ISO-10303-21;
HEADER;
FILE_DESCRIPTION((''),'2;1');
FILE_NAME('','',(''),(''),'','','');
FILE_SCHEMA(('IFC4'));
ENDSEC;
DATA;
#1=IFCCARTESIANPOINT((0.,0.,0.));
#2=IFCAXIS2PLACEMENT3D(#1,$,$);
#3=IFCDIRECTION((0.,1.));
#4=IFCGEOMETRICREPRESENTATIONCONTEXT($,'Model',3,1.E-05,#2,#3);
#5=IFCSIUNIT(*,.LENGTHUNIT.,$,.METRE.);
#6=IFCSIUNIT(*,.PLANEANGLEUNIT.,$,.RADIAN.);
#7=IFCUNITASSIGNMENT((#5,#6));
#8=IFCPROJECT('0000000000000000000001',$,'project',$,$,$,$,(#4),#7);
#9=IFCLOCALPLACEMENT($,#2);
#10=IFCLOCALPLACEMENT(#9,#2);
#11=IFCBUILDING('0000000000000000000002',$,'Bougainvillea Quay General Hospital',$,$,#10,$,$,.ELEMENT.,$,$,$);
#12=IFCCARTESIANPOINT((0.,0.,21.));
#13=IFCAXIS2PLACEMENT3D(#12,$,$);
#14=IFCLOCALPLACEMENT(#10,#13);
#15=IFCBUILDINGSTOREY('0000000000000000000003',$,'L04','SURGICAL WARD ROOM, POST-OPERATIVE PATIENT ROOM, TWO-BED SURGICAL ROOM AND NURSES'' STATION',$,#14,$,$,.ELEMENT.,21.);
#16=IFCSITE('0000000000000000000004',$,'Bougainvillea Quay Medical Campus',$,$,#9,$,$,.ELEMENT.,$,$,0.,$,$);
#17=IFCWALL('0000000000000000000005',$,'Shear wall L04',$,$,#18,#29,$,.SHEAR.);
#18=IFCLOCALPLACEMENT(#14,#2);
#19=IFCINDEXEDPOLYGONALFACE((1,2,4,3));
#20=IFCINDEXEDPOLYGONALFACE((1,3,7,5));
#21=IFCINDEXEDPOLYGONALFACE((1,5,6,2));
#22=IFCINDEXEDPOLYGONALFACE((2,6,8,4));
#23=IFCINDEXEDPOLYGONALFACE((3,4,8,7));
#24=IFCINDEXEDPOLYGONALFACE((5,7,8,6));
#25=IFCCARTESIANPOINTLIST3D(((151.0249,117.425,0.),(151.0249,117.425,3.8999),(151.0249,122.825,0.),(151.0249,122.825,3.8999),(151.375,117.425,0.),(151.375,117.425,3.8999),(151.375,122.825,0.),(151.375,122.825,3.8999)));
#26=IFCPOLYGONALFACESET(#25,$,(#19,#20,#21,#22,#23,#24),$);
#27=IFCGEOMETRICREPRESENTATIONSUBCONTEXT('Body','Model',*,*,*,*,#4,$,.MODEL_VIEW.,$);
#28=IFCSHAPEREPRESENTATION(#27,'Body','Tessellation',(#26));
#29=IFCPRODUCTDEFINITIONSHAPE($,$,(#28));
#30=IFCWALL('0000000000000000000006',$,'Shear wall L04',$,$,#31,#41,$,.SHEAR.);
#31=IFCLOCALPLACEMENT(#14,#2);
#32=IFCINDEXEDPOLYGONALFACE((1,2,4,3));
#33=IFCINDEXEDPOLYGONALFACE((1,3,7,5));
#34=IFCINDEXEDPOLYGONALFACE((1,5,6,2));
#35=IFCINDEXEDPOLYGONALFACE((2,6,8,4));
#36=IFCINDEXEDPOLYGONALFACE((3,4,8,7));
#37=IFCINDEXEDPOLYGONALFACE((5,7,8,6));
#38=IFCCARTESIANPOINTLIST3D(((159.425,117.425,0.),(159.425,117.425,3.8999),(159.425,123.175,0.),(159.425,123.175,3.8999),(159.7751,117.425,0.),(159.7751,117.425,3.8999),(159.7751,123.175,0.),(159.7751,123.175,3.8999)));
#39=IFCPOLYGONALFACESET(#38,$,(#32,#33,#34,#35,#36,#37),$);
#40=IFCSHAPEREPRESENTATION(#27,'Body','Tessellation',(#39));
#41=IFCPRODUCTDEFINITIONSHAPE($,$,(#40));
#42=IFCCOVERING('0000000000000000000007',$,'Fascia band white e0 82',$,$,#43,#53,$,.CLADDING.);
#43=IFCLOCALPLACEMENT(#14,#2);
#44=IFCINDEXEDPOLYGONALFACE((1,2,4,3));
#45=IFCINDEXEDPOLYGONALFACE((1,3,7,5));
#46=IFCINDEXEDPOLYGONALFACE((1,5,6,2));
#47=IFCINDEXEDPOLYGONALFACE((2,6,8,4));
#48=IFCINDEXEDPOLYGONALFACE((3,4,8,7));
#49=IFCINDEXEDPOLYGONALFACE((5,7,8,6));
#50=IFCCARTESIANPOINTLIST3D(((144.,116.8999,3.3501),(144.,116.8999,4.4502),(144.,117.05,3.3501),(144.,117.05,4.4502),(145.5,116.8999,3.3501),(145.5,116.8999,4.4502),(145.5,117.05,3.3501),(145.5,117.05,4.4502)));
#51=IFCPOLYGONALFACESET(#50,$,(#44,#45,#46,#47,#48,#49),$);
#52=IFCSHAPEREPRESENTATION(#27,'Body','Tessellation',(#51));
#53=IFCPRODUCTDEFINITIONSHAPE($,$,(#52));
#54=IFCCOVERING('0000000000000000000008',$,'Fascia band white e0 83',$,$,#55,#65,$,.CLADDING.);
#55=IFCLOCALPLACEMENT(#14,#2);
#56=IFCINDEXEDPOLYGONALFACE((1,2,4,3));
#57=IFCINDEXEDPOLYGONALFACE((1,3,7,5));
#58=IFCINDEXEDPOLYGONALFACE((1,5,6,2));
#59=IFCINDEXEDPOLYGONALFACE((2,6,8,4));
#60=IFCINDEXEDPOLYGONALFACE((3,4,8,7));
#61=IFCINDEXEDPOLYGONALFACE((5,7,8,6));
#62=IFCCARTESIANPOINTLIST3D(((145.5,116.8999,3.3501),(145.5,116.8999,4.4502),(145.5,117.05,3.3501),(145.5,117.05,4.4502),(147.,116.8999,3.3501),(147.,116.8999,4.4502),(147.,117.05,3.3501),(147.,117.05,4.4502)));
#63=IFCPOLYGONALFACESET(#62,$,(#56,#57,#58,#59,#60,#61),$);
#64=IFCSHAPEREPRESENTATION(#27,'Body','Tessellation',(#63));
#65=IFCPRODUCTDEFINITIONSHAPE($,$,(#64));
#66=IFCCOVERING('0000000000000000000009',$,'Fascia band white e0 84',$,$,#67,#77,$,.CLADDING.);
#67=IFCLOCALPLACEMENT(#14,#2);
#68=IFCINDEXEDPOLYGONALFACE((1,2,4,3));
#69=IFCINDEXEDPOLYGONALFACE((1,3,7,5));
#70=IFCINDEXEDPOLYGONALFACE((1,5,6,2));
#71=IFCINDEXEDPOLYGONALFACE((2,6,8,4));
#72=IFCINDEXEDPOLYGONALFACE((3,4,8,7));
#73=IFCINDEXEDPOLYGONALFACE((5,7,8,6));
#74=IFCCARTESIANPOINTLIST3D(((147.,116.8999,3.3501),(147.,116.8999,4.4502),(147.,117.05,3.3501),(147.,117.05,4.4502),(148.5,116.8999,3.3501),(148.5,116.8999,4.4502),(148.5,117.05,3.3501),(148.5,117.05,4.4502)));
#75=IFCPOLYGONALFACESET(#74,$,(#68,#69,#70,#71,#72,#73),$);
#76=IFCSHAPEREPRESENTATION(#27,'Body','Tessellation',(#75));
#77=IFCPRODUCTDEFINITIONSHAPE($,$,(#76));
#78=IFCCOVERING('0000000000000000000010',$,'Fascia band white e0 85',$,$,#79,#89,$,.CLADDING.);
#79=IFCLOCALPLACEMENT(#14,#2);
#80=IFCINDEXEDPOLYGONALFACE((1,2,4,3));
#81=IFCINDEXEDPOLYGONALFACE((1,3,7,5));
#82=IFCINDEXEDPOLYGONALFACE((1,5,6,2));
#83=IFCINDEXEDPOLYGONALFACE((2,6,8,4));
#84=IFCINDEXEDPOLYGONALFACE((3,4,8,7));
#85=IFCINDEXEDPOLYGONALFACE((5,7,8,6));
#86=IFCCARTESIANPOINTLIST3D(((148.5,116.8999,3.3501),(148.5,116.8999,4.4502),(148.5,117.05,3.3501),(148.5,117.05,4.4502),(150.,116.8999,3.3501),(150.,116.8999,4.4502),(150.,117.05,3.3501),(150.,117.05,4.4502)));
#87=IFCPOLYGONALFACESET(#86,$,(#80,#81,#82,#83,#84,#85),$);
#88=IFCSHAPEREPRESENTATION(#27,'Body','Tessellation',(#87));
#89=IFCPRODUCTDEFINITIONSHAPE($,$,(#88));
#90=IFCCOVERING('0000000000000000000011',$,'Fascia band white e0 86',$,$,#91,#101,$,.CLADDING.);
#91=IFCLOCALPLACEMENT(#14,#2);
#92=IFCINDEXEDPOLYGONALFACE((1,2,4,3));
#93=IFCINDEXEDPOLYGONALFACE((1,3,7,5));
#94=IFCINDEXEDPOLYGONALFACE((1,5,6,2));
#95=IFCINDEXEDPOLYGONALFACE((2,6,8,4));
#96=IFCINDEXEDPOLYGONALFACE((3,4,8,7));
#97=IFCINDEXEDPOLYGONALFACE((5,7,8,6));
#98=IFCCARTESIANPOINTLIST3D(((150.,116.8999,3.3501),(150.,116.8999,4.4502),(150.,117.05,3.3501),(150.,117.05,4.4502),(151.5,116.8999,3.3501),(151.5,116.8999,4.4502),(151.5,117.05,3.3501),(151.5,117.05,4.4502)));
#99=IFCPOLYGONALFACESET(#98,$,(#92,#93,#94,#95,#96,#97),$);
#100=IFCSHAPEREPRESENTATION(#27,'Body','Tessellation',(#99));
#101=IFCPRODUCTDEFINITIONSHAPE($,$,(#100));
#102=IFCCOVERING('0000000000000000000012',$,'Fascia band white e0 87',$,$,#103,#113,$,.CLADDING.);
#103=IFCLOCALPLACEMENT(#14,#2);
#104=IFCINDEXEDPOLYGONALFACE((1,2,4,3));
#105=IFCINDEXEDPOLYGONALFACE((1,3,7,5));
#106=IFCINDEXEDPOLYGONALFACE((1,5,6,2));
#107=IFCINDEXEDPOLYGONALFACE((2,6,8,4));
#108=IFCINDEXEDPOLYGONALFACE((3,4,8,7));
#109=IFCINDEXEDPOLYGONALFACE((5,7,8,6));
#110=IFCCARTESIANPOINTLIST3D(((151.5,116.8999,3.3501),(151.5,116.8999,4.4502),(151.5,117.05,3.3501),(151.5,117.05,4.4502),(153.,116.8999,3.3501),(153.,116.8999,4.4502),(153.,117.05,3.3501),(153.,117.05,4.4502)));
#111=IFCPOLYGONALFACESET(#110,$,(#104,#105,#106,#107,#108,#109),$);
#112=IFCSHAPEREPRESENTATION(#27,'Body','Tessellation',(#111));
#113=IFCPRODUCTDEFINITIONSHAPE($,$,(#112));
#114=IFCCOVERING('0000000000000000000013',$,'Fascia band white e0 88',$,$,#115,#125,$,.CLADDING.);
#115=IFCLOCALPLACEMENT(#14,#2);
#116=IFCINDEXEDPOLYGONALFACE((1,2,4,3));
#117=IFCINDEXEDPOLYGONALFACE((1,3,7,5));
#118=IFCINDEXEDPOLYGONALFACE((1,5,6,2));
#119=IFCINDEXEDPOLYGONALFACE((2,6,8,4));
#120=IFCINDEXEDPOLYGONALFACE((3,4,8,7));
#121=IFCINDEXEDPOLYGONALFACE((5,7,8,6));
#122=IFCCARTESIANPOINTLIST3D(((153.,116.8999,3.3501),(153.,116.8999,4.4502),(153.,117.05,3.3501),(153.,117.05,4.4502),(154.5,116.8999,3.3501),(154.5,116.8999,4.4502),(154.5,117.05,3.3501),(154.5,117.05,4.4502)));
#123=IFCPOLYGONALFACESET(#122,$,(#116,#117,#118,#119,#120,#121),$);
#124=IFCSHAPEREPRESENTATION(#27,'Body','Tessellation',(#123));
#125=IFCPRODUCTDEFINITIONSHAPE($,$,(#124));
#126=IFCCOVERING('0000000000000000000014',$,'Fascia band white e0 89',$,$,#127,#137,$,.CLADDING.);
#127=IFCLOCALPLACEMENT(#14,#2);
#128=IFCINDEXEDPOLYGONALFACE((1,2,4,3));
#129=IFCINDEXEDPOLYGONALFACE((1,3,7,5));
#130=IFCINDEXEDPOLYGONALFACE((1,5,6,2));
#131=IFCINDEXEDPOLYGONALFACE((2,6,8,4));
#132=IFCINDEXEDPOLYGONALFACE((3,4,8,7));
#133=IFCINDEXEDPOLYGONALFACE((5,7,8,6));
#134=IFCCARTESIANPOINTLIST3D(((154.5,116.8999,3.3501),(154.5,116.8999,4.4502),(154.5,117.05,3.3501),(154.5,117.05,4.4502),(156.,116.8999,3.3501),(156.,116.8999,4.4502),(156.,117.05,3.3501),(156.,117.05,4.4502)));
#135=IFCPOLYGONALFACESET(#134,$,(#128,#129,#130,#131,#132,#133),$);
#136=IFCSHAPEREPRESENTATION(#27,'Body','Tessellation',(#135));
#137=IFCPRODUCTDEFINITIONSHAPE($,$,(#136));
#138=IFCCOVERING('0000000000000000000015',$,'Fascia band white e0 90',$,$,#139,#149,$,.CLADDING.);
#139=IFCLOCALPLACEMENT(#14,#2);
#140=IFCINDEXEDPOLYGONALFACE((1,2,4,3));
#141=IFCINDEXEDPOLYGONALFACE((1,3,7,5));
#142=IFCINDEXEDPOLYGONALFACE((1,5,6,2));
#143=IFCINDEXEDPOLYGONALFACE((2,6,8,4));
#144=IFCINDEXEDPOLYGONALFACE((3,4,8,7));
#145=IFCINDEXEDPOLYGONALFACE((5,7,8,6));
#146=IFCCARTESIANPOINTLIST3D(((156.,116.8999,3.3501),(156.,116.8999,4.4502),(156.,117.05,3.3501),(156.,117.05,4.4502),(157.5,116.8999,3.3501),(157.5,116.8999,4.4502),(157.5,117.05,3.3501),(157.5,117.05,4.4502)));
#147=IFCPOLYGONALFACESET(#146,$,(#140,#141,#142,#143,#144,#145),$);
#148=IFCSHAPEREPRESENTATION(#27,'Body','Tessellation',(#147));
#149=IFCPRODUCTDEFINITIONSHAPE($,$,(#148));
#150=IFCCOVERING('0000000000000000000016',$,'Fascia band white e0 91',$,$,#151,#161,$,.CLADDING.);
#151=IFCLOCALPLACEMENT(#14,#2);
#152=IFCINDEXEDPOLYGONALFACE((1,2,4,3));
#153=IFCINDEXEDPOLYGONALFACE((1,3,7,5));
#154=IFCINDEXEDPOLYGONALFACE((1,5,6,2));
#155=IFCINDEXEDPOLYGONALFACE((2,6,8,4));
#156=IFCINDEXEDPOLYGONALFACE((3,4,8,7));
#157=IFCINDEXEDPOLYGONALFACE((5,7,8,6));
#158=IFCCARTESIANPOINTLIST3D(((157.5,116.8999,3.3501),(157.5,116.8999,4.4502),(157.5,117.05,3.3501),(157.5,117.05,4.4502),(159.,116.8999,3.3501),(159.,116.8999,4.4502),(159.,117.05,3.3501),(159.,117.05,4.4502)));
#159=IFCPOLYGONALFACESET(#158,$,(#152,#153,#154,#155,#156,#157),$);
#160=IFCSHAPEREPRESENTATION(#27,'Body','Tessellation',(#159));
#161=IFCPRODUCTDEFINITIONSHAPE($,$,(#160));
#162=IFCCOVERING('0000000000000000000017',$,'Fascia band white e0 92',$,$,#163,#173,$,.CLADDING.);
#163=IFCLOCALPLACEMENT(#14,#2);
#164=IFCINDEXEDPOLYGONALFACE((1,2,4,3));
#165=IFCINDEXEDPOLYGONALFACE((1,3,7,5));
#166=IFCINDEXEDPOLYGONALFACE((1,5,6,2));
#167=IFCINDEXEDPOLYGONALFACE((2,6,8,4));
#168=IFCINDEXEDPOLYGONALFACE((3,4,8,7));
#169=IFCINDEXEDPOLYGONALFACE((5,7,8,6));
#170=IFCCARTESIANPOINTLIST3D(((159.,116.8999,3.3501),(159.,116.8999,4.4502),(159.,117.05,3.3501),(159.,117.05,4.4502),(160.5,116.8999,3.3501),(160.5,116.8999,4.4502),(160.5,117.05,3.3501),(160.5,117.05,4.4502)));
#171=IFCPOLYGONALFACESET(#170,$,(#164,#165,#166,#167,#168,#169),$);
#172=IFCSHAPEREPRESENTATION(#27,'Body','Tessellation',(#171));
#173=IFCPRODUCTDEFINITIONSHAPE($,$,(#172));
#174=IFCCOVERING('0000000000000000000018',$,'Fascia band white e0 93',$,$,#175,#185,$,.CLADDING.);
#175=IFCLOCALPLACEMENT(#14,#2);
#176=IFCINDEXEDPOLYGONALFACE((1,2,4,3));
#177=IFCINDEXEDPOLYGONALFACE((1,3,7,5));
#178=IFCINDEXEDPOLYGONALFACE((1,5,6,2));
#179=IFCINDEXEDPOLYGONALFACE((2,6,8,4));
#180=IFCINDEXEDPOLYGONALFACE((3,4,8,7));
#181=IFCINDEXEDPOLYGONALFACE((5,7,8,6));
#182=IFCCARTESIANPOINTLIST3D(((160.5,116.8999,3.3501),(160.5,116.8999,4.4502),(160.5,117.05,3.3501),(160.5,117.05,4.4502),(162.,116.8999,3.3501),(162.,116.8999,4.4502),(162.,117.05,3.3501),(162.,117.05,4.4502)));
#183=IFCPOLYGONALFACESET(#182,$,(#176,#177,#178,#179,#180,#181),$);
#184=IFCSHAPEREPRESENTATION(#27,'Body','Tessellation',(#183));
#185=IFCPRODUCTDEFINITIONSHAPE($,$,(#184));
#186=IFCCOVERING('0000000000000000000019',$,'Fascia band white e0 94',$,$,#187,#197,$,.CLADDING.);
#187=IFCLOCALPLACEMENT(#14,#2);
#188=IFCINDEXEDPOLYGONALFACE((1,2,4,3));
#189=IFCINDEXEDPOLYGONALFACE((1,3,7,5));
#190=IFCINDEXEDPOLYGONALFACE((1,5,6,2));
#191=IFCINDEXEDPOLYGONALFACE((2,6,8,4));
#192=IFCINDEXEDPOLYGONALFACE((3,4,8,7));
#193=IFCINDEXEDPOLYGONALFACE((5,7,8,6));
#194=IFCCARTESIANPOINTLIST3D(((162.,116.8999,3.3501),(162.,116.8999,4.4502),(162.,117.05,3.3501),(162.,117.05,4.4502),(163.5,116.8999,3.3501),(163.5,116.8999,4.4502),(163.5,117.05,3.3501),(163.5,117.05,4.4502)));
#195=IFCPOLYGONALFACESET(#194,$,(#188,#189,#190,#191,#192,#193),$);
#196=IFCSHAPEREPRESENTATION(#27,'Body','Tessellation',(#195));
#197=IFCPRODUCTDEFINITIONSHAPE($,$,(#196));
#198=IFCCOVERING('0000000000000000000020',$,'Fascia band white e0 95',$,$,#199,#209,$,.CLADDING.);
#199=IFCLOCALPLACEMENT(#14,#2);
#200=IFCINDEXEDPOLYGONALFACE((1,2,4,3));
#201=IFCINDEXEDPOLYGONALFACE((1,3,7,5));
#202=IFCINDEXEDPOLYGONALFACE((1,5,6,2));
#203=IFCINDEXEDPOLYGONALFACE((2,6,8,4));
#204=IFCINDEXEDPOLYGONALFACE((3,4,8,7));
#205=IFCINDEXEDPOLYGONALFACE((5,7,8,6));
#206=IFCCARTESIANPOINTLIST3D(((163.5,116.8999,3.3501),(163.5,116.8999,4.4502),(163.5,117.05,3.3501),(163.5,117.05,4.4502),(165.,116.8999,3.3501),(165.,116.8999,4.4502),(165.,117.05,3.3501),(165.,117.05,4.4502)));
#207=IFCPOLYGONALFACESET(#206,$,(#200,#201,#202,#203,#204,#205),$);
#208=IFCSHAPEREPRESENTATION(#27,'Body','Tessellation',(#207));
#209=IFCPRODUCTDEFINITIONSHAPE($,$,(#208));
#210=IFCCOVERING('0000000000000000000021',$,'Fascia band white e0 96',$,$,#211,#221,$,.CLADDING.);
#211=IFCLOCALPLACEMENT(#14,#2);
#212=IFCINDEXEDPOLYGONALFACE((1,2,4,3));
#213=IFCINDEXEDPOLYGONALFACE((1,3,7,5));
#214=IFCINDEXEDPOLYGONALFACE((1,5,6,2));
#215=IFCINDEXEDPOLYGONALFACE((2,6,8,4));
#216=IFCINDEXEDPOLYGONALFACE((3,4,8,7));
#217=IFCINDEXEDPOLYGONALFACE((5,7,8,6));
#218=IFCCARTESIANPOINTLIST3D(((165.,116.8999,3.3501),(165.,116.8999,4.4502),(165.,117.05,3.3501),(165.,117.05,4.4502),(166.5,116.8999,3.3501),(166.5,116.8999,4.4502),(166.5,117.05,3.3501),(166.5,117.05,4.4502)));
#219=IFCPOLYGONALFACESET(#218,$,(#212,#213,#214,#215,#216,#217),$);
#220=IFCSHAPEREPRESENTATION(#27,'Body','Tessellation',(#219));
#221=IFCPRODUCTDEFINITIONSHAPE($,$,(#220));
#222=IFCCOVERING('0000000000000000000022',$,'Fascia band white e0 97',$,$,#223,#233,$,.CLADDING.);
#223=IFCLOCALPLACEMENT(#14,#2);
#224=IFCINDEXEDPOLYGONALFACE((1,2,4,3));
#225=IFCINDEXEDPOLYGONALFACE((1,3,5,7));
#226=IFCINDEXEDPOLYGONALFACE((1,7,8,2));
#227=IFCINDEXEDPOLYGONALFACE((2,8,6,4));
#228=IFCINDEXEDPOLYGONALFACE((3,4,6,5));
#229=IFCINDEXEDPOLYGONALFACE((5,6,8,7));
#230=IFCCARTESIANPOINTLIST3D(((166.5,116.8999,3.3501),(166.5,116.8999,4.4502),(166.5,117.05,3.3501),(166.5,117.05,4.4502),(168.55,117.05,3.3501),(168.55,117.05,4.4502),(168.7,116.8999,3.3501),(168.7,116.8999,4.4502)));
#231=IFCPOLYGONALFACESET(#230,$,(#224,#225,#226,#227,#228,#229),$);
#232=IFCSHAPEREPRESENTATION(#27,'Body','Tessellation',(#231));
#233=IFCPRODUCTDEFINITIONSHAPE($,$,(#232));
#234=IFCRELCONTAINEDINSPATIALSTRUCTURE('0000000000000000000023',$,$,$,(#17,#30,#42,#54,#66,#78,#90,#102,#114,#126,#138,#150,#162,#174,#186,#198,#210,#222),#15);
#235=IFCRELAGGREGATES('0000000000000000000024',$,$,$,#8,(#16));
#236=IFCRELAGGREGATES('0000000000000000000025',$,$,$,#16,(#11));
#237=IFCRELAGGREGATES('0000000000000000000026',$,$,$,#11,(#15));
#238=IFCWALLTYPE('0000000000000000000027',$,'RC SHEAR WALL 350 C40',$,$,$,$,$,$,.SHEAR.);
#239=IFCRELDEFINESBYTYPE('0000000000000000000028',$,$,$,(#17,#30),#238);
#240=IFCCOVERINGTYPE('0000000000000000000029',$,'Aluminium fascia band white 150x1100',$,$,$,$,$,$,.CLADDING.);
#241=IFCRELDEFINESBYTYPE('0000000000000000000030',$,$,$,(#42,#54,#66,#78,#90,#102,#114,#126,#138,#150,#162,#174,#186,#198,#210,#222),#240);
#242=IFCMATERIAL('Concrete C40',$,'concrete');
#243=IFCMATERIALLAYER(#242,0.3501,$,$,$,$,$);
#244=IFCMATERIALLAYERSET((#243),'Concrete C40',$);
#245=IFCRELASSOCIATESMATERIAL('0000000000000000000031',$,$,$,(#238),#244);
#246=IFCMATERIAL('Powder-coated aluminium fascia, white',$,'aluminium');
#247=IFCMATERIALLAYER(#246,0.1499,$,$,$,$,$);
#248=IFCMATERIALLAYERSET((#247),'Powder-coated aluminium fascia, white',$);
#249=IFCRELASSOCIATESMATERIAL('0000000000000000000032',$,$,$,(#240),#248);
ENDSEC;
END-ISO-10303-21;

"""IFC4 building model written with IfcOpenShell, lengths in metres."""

from ifc_helpers import new_model, si_unit, direction, frame, frame_2d, origin, place, context, subcontext, project, spatial, polyline, rectangle, outline, extrude, material, layer, layer_set, type_object, element, save


model = new_model("IFC4")

# Units and contexts
model_context = context("Model", 3, precision=1e-05, world=origin(), true_north=direction((0.0, 1.0)))
body_context = subcontext(model_context, "Body", "Model", "MODEL_VIEW")
ifc_project = project(units=[si_unit("LENGTHUNIT", "METRE"), si_unit("PLANEANGLEUNIT", "RADIAN")], contexts=[model_context])

# Site, building, storey
site_placement = place(None, origin())
site = spatial("IfcSite", under=ifc_project, at=site_placement, Name="Bougainvillea Quay Medical Campus", CompositionType="ELEMENT", RefElevation=0.0)
building_placement = place(site_placement, origin())
building = spatial("IfcBuilding", under=site, at=building_placement, Name="Bougainvillea Quay General Hospital", CompositionType="ELEMENT")
storey_placement = place(building_placement, frame((0.0, 0.0, 21.0)))
storey = spatial("IfcBuildingStorey", under=building, at=storey_placement, Name="L04", Description="SURGICAL WARD ROOM, POST-OPERATIVE PATIENT ROOM, TWO-BED SURGICAL ROOM AND NURSES' STATION", CompositionType="ELEMENT", Elevation=21.0)

# Walls
ifc_material_1 = material(Name="Concrete C40", Category="concrete")
ifc_layer_1 = layer(ifc_material_1, 0.3501)
ifc_layer_set_1 = layer_set([ifc_layer_1], Name="Concrete C40")
wall_type = type_object("IfcWallType", Name="RC SHEAR WALL 350 C40", PredefinedType="SHEAR", material=ifc_layer_set_1)
wall_1_placement = place(storey_placement, frame((151.2, 117.425, 0.0), z_axis=(0.0, 0.0, 1.0), x_axis=(0.0, 1.0, 0.0)))
element("IfcWall", 1, at=wall_1_placement, inside=storey, type_object=wall_type, Name="Shear wall L04", PredefinedType="SHEAR", context=body_context, shape_type="SweptSolid", body=[
    extrude(rectangle(XDim=5.3999, YDim=0.3501, at=frame_2d((2.7, 0.0))), origin(), (0.0, 0.0, 1.0), 3.8999),
])
wall_2_placement = place(storey_placement, frame((159.6001, 117.425, 0.0), z_axis=(0.0, 0.0, 1.0), x_axis=(0.0, 1.0, 0.0)))
element("IfcWall", 2, at=wall_2_placement, inside=storey, type_object=wall_type, Name="Shear wall L04", PredefinedType="SHEAR", context=body_context, shape_type="SweptSolid", body=[
    extrude(rectangle(XDim=5.75, YDim=0.3501, at=frame_2d((2.875, 0.0))), origin(), (0.0, 0.0, 1.0), 3.8999),
])

# Coverings
ifc_material_2 = material(Name="Powder-coated aluminium fascia, white", Category="aluminium")
ifc_layer_2 = layer(ifc_material_2, 0.1499)
ifc_layer_set_2 = layer_set([ifc_layer_2], Name="Powder-coated aluminium fascia, white")
covering_type = type_object("IfcCoveringType", Name="Aluminium fascia band white 150x1100", PredefinedType="CLADDING", material=ifc_layer_set_2)
for number, where, z_axis, x_axis, name in (
    (3, (144.0, 117.05, 3.3501), (0.0, 0.0, 1.0), (1.0, 0.0, 0.0), "Fascia band white e0 82"),
    (4, (145.5, 117.05, 3.3501), (0.0, 0.0, 1.0), (1.0, 0.0, 0.0), "Fascia band white e0 83"),
    (5, (147.0, 117.05, 3.3501), (0.0, 0.0, 1.0), (1.0, 0.0, 0.0), "Fascia band white e0 84"),
    (6, (148.5, 117.05, 3.3501), (0.0, 0.0, 1.0), (1.0, 0.0, 0.0), "Fascia band white e0 85"),
    (7, (150.0, 117.05, 3.3501), (0.0, 0.0, 1.0), (1.0, 0.0, 0.0), "Fascia band white e0 86"),
    (8, (151.5, 117.05, 3.3501), (0.0, 0.0, 1.0), (1.0, 0.0, 0.0), "Fascia band white e0 87"),
    (9, (153.0, 117.05, 3.3501), (0.0, 0.0, 1.0), (1.0, 0.0, 0.0), "Fascia band white e0 88"),
    (10, (154.5, 117.05, 3.3501), (0.0, 0.0, 1.0), (1.0, 0.0, 0.0), "Fascia band white e0 89"),
    (11, (156.0, 117.05, 3.3501), (0.0, 0.0, 1.0), (1.0, 0.0, 0.0), "Fascia band white e0 90"),
    (12, (157.5, 117.05, 3.3501), (0.0, 0.0, 1.0), (1.0, 0.0, 0.0), "Fascia band white e0 91"),
    (13, (159.0, 117.05, 3.3501), (0.0, 0.0, 1.0), (1.0, 0.0, 0.0), "Fascia band white e0 92"),
    (14, (160.5, 117.05, 3.3501), (0.0, 0.0, 1.0), (1.0, 0.0, 0.0), "Fascia band white e0 93"),
    (15, (162.0, 117.05, 3.3501), (0.0, 0.0, 1.0), (1.0, 0.0, 0.0), "Fascia band white e0 94"),
    (16, (163.5, 117.05, 3.3501), (0.0, 0.0, 1.0), (1.0, 0.0, 0.0), "Fascia band white e0 95"),
    (17, (165.0, 117.05, 3.3501), (0.0, 0.0, 1.0), (1.0, 0.0, 0.0), "Fascia band white e0 96"),
):
    element("IfcCovering", number, at=place(storey_placement, frame(where, z_axis=z_axis, x_axis=x_axis)), inside=storey, type_object=covering_type, Name=name, PredefinedType="CLADDING", context=body_context, shape_type="SweptSolid", body=[
        extrude(outline(polyline([(0.0, 0.0), (1.5, 0.0), (1.5, -0.1501), (0.0, -0.1501), (0.0, 0.0)])), origin(), (0.0, 0.0, 1.0), 1.1001),
    ])
covering_1_placement = place(storey_placement, frame((166.5, 117.05, 3.3501), z_axis=(0.0, 0.0, 1.0), x_axis=(1.0, 0.0, 0.0)))
element("IfcCovering", 18, at=covering_1_placement, inside=storey, type_object=covering_type, Name="Fascia band white e0 97", PredefinedType="CLADDING", context=body_context, shape_type="SweptSolid", body=[
    extrude(outline(polyline([(0.0, 0.0), (2.05, 0.0), (2.2, -0.1501), (0.0, -0.1501), (0.0, 0.0)])), origin(), (0.0, 0.0, 1.0), 1.1001),
])

save(model, "model.ifc")
